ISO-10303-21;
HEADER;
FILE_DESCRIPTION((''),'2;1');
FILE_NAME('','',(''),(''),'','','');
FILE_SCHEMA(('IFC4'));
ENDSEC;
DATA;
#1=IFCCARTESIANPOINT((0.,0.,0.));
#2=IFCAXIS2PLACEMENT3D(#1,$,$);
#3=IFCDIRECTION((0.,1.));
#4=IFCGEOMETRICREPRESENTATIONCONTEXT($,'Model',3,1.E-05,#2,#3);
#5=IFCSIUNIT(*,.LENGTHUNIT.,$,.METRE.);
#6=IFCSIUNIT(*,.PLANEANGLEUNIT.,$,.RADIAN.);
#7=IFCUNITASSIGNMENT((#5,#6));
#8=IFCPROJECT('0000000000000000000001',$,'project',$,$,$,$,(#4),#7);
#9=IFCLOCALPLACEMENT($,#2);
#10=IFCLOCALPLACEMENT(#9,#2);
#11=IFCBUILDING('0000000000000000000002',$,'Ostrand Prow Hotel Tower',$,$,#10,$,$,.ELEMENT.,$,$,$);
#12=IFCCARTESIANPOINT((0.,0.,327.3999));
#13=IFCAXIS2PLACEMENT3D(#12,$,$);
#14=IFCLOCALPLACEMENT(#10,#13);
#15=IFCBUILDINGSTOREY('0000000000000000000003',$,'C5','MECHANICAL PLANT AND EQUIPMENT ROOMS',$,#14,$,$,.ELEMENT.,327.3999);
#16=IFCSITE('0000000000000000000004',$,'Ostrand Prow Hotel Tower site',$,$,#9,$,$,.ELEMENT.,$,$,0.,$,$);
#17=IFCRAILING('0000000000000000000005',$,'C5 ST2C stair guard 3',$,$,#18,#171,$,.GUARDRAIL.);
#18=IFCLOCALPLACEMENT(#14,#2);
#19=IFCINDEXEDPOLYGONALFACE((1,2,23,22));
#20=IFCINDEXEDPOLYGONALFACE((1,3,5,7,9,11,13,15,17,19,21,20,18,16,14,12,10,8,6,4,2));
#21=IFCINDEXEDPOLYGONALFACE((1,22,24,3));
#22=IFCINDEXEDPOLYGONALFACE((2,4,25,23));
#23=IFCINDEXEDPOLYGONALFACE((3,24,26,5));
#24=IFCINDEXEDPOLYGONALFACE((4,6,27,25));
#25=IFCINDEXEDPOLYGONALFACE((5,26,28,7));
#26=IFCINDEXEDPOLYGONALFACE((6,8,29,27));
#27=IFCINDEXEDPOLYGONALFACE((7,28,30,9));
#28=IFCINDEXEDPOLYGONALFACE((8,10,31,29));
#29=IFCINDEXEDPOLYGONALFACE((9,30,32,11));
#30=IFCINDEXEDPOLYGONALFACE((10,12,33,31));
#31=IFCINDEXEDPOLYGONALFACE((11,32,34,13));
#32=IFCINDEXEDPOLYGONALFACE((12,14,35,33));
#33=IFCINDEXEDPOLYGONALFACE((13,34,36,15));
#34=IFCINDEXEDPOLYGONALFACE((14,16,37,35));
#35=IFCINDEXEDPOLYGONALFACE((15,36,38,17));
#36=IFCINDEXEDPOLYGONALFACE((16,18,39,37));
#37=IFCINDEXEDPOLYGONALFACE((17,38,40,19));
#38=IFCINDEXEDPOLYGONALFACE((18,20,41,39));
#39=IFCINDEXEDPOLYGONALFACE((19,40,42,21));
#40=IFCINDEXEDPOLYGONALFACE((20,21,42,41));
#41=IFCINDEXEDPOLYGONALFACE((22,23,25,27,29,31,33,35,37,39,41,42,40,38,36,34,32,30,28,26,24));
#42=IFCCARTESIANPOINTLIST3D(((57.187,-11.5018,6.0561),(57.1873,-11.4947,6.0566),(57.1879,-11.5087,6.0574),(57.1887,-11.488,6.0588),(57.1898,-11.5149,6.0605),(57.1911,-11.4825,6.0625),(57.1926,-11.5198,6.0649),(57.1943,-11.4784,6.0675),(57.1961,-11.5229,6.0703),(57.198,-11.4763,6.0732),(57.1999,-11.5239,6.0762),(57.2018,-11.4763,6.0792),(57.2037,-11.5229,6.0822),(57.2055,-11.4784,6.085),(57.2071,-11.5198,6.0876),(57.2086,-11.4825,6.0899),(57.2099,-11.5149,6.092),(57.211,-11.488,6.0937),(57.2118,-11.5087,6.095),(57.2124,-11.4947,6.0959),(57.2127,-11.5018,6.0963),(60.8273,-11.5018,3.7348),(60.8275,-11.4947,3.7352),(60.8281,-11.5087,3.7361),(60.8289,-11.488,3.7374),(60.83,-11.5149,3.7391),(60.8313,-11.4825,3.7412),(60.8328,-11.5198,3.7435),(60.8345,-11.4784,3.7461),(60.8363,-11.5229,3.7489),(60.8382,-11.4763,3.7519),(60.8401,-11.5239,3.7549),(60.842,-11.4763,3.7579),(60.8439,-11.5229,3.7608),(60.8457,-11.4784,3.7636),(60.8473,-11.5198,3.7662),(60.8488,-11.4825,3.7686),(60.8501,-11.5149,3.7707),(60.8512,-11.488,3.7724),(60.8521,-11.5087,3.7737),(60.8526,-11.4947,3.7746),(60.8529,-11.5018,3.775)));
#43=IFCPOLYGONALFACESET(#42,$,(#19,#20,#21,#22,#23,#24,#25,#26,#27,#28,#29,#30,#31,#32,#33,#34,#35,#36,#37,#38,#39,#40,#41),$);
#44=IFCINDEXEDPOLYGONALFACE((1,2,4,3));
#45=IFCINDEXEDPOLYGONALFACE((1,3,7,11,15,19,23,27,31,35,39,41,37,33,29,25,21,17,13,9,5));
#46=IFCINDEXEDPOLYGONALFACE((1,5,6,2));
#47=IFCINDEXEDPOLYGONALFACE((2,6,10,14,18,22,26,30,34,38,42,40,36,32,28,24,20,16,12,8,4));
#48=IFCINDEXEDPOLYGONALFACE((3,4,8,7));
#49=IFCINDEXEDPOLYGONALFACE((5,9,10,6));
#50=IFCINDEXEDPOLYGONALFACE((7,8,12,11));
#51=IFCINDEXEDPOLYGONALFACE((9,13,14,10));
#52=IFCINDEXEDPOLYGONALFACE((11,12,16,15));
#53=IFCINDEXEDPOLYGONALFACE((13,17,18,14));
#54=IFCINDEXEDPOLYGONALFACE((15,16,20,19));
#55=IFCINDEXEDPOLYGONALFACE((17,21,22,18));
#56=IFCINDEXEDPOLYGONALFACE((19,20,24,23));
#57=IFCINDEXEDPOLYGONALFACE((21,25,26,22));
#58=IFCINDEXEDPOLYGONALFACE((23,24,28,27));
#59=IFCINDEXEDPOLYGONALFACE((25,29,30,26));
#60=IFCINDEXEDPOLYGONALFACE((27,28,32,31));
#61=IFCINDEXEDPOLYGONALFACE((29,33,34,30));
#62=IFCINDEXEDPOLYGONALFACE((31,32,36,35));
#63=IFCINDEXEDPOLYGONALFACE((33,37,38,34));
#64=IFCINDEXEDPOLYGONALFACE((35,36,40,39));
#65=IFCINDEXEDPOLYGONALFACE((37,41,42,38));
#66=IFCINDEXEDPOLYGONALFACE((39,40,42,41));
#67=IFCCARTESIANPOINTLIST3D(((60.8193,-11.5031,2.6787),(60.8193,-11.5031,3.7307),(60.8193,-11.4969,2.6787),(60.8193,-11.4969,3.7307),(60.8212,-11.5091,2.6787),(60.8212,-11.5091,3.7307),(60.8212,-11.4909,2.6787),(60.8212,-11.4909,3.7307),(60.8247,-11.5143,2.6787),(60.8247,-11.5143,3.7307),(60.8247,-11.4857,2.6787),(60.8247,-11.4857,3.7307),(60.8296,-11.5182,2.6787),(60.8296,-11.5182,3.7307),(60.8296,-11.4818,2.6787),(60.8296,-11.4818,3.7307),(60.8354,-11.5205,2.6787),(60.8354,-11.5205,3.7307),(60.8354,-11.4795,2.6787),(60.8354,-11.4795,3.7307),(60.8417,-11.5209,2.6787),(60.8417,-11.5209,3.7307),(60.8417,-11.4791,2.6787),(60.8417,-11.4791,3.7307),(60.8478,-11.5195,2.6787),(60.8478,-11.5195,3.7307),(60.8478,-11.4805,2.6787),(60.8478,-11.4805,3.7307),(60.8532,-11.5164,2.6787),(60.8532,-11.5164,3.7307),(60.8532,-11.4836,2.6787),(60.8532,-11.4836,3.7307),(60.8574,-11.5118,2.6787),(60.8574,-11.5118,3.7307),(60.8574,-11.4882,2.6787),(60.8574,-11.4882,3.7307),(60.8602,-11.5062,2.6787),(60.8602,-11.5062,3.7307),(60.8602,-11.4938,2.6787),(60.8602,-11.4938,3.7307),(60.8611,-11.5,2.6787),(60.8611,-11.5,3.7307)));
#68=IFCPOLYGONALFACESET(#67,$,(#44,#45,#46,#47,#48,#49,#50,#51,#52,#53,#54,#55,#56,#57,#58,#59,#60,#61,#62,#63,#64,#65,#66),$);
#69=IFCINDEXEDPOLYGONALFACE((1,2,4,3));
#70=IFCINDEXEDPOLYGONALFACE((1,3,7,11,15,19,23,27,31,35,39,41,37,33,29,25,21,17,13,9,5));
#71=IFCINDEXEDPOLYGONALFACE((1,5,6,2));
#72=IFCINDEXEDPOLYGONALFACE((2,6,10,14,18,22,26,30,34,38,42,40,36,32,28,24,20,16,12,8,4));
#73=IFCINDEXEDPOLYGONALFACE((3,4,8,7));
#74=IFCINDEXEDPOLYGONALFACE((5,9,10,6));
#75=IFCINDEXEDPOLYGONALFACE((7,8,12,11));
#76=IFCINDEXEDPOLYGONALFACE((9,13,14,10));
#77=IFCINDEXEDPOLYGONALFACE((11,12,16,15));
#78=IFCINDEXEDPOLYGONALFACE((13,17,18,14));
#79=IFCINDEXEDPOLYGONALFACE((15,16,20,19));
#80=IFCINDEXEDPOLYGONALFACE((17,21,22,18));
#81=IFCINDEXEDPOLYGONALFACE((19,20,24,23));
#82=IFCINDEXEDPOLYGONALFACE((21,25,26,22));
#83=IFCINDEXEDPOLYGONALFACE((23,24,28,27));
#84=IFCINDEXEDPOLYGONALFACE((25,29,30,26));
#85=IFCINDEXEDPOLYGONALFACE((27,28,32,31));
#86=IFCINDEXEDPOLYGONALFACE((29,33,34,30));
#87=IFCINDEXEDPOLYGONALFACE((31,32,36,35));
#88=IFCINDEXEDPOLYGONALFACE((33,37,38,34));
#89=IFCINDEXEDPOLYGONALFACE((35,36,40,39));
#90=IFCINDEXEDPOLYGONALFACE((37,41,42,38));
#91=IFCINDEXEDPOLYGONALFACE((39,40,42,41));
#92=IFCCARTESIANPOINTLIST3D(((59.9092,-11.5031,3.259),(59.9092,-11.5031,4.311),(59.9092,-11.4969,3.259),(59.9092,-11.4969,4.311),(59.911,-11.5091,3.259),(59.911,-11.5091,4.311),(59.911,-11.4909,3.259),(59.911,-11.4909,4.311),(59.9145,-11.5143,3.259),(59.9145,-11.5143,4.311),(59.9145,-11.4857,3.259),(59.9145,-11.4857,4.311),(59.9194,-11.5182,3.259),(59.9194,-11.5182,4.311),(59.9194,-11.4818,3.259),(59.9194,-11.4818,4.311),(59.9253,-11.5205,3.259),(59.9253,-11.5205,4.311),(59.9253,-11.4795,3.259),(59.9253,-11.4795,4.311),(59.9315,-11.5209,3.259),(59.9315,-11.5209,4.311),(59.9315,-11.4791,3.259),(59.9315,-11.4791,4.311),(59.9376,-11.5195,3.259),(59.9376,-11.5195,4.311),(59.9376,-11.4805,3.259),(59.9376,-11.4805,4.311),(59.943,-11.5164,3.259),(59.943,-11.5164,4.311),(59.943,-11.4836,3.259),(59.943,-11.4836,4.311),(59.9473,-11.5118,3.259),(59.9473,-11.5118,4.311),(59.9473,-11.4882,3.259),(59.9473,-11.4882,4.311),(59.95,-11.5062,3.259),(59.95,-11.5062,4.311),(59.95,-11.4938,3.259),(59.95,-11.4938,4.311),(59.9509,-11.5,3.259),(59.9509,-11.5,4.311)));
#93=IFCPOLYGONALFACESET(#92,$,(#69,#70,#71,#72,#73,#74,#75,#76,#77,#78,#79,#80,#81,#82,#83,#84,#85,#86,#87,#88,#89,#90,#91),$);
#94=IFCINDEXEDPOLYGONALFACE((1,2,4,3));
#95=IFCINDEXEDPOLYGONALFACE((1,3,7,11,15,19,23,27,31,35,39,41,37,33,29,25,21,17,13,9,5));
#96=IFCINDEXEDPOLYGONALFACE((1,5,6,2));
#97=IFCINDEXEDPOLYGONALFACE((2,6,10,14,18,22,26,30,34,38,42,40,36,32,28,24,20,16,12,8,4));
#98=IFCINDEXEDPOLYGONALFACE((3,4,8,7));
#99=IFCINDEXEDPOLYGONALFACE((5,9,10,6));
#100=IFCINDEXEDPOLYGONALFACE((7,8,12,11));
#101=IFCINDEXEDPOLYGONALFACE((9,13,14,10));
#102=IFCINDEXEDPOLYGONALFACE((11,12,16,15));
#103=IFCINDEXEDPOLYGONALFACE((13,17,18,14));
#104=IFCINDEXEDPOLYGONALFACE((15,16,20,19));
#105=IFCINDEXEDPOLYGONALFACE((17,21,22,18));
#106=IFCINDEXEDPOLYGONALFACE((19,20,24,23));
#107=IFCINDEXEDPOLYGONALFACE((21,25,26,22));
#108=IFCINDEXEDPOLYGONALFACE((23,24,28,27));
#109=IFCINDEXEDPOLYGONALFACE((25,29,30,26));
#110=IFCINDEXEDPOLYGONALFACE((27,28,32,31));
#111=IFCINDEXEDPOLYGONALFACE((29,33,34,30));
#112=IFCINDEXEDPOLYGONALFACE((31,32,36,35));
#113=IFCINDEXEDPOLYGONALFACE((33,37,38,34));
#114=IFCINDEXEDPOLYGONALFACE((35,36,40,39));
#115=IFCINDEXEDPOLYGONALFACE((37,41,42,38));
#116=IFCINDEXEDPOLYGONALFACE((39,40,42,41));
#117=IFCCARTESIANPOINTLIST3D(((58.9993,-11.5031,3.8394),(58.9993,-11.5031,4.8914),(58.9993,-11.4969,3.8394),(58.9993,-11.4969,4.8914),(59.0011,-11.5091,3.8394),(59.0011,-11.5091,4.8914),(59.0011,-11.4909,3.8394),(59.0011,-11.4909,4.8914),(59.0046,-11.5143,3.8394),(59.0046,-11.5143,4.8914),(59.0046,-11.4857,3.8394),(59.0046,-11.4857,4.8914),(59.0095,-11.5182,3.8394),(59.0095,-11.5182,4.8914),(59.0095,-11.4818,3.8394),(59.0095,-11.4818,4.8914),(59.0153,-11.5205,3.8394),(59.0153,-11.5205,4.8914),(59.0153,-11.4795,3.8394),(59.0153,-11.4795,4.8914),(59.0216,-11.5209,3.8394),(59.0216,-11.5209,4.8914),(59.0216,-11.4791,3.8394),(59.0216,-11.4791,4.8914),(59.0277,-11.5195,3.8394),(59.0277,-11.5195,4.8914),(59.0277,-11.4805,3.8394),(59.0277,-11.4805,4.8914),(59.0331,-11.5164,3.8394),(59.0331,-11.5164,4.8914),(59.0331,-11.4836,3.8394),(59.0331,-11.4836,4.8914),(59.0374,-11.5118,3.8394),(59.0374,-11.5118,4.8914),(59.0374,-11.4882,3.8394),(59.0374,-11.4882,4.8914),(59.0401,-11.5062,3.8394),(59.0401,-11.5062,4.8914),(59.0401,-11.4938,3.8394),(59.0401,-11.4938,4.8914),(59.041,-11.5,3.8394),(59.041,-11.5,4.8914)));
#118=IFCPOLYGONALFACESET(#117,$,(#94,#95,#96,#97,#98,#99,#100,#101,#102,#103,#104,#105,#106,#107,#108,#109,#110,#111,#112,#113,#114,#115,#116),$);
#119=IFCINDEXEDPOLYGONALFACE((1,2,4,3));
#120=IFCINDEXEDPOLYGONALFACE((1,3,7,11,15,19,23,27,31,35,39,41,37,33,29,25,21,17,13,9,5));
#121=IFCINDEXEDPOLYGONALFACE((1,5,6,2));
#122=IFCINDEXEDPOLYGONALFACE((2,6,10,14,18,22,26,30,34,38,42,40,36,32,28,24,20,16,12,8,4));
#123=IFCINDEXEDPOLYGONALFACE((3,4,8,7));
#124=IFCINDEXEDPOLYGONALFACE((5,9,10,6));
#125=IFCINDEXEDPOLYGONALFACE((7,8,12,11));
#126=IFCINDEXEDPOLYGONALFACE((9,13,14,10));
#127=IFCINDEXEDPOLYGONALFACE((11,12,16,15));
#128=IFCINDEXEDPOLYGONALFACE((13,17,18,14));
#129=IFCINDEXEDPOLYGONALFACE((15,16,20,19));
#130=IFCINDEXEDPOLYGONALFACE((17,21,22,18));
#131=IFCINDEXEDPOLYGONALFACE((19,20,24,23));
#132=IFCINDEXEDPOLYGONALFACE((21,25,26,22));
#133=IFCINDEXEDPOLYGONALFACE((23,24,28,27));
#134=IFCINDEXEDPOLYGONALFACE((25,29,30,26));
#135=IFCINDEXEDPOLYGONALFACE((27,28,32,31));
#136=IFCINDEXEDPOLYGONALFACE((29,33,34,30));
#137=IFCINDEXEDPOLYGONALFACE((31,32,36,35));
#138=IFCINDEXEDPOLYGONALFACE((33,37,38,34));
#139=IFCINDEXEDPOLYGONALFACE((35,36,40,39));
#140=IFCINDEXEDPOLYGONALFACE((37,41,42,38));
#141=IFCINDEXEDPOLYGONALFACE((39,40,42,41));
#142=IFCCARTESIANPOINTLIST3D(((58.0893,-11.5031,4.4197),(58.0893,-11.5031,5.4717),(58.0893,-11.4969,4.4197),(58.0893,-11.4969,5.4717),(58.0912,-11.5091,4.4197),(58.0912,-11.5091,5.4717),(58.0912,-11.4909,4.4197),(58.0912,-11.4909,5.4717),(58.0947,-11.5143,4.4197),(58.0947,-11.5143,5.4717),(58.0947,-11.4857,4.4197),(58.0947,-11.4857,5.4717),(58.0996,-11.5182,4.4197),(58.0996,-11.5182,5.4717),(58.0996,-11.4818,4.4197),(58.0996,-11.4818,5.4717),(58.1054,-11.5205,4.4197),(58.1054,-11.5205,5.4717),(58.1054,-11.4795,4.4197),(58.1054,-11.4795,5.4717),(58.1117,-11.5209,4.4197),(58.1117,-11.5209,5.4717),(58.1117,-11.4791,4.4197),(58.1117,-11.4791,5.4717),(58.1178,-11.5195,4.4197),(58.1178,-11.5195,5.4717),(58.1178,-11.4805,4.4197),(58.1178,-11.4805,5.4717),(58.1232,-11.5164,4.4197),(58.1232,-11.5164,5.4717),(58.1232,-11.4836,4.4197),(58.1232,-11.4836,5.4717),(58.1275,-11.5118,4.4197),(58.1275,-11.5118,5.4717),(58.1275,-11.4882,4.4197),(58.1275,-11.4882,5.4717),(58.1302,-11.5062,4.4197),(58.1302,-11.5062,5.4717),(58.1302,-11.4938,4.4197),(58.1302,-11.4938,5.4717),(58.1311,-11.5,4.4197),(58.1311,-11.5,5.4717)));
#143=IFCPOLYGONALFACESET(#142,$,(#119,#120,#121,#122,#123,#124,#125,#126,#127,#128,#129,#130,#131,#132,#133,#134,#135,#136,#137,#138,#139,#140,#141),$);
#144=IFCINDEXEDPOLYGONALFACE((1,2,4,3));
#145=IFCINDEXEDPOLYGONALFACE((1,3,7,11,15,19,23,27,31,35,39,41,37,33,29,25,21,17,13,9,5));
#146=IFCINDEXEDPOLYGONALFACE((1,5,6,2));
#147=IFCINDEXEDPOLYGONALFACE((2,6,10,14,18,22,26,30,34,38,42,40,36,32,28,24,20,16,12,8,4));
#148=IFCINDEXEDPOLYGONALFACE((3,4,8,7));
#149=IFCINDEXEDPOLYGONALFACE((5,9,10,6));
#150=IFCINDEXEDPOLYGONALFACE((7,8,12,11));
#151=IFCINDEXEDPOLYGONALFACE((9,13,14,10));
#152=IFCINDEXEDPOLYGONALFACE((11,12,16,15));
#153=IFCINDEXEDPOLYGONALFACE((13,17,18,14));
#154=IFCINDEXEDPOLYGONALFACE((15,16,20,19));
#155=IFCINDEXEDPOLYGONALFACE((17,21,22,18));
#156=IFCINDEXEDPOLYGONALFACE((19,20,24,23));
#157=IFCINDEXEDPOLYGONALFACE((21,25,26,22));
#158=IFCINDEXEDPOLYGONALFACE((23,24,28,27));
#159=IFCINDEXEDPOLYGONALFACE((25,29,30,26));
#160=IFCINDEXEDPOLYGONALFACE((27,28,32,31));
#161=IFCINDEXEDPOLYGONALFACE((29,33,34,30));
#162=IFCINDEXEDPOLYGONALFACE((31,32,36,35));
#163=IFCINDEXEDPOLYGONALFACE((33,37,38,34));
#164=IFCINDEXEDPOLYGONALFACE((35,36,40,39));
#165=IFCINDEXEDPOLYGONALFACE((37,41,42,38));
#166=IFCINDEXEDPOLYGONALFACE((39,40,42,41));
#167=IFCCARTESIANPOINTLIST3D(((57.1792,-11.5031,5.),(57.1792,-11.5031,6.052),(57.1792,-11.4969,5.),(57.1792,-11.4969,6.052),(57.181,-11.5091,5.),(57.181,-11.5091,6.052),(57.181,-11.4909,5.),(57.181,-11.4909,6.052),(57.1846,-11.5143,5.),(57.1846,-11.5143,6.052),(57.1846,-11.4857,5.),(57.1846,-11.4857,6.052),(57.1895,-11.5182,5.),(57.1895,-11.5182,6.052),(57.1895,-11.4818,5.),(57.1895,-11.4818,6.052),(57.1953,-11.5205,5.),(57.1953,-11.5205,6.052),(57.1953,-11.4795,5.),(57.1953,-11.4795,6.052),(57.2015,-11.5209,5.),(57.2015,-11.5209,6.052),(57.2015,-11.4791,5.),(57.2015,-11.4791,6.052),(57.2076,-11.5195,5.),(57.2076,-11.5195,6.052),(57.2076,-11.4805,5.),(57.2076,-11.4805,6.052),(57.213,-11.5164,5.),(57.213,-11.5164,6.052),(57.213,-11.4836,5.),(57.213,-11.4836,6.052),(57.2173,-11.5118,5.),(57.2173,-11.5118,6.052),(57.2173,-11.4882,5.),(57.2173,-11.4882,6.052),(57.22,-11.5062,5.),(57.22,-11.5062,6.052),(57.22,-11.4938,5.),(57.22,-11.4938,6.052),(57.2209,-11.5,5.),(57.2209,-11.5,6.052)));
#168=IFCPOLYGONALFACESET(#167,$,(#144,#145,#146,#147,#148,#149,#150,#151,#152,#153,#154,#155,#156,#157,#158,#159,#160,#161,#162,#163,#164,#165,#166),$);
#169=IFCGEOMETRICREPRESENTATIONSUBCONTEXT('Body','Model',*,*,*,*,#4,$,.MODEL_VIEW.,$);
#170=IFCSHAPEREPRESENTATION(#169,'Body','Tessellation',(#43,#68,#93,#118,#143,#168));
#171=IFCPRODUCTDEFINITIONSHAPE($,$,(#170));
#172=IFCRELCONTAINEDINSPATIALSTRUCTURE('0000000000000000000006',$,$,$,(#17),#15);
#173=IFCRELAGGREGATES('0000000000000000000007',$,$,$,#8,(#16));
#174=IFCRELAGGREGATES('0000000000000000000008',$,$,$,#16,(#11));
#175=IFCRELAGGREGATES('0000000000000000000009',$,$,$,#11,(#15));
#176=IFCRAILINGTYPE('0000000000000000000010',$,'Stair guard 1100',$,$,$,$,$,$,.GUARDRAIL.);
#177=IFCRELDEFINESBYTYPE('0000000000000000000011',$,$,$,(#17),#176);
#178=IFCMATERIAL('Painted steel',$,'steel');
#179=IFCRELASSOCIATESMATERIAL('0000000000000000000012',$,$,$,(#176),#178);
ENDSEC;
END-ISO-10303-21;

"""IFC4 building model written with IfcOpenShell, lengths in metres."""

from ifc_helpers import new_model, si_unit, direction, frame, origin, origin_2d, place, context, subcontext, project, spatial, circle, extrude, material, type_object, element, save


model = new_model("IFC4")

# Units and contexts
model_context = context("Model", 3, precision=1e-05, world=origin(), true_north=direction((0.0, 1.0)))
body_context = subcontext(model_context, "Body", "Model", "MODEL_VIEW")
ifc_project = project(units=[si_unit("LENGTHUNIT", "METRE"), si_unit("PLANEANGLEUNIT", "RADIAN")], contexts=[model_context])

# Site, building, storey
site_placement = place(None, origin())
site = spatial("IfcSite", under=ifc_project, at=site_placement, Name="Ostrand Prow Hotel Tower site", CompositionType="ELEMENT", RefElevation=0.0)
building_placement = place(site_placement, origin())
building = spatial("IfcBuilding", under=site, at=building_placement, Name="Ostrand Prow Hotel Tower", CompositionType="ELEMENT")
storey_placement = place(building_placement, frame((0.0, 0.0, 327.3999)))
storey = spatial("IfcBuildingStorey", under=building, at=storey_placement, Name="C5", Description="MECHANICAL PLANT AND EQUIPMENT ROOMS", CompositionType="ELEMENT", Elevation=327.3999)

# Railing
ifc_material_1 = material(Name="Painted steel", Category="steel")
railing_type_1 = type_object("IfcRailingType", Name="Stair guard 1100", PredefinedType="GUARDRAIL", material=ifc_material_1)
railing_1_placement = place(storey_placement, frame((60.8401, -11.5, 2.6787)))
element("IfcRailing", 1, at=railing_1_placement, inside=storey, type_object=railing_type_1, Name="C5 ST2C stair guard 3", PredefinedType="GUARDRAIL", context=body_context, shape_type="SweptSolid", body=[
    extrude(circle(Radius=0.0239, at=origin_2d()), frame((0.0, 0.0, 1.0762), z_axis=(-0.843153, 0.0, 0.537673), x_axis=(0.0, -1.0, 0.0)), (0.0, 0.0, 1.0), 4.3174),
    extrude(circle(Radius=0.021, at=origin_2d()), origin(), (0.0, 0.0, 1.0), 1.052),
    extrude(circle(Radius=0.021, at=origin_2d()), frame((-0.9102, 0.0, 0.5803)), (0.0, 0.0, 1.0), 1.052),
    extrude(circle(Radius=0.021, at=origin_2d()), frame((-1.8201, 0.0, 1.1606)), (0.0, 0.0, 1.0), 1.052),
    extrude(circle(Radius=0.021, at=origin_2d()), frame((-2.73, 0.0, 1.741)), (0.0, 0.0, 1.0), 1.052),
    extrude(circle(Radius=0.021, at=origin_2d()), frame((-3.6401, 0.0, 2.3213)), (0.0, 0.0, 1.0), 1.052),
])

save(model, "model.ifc")
